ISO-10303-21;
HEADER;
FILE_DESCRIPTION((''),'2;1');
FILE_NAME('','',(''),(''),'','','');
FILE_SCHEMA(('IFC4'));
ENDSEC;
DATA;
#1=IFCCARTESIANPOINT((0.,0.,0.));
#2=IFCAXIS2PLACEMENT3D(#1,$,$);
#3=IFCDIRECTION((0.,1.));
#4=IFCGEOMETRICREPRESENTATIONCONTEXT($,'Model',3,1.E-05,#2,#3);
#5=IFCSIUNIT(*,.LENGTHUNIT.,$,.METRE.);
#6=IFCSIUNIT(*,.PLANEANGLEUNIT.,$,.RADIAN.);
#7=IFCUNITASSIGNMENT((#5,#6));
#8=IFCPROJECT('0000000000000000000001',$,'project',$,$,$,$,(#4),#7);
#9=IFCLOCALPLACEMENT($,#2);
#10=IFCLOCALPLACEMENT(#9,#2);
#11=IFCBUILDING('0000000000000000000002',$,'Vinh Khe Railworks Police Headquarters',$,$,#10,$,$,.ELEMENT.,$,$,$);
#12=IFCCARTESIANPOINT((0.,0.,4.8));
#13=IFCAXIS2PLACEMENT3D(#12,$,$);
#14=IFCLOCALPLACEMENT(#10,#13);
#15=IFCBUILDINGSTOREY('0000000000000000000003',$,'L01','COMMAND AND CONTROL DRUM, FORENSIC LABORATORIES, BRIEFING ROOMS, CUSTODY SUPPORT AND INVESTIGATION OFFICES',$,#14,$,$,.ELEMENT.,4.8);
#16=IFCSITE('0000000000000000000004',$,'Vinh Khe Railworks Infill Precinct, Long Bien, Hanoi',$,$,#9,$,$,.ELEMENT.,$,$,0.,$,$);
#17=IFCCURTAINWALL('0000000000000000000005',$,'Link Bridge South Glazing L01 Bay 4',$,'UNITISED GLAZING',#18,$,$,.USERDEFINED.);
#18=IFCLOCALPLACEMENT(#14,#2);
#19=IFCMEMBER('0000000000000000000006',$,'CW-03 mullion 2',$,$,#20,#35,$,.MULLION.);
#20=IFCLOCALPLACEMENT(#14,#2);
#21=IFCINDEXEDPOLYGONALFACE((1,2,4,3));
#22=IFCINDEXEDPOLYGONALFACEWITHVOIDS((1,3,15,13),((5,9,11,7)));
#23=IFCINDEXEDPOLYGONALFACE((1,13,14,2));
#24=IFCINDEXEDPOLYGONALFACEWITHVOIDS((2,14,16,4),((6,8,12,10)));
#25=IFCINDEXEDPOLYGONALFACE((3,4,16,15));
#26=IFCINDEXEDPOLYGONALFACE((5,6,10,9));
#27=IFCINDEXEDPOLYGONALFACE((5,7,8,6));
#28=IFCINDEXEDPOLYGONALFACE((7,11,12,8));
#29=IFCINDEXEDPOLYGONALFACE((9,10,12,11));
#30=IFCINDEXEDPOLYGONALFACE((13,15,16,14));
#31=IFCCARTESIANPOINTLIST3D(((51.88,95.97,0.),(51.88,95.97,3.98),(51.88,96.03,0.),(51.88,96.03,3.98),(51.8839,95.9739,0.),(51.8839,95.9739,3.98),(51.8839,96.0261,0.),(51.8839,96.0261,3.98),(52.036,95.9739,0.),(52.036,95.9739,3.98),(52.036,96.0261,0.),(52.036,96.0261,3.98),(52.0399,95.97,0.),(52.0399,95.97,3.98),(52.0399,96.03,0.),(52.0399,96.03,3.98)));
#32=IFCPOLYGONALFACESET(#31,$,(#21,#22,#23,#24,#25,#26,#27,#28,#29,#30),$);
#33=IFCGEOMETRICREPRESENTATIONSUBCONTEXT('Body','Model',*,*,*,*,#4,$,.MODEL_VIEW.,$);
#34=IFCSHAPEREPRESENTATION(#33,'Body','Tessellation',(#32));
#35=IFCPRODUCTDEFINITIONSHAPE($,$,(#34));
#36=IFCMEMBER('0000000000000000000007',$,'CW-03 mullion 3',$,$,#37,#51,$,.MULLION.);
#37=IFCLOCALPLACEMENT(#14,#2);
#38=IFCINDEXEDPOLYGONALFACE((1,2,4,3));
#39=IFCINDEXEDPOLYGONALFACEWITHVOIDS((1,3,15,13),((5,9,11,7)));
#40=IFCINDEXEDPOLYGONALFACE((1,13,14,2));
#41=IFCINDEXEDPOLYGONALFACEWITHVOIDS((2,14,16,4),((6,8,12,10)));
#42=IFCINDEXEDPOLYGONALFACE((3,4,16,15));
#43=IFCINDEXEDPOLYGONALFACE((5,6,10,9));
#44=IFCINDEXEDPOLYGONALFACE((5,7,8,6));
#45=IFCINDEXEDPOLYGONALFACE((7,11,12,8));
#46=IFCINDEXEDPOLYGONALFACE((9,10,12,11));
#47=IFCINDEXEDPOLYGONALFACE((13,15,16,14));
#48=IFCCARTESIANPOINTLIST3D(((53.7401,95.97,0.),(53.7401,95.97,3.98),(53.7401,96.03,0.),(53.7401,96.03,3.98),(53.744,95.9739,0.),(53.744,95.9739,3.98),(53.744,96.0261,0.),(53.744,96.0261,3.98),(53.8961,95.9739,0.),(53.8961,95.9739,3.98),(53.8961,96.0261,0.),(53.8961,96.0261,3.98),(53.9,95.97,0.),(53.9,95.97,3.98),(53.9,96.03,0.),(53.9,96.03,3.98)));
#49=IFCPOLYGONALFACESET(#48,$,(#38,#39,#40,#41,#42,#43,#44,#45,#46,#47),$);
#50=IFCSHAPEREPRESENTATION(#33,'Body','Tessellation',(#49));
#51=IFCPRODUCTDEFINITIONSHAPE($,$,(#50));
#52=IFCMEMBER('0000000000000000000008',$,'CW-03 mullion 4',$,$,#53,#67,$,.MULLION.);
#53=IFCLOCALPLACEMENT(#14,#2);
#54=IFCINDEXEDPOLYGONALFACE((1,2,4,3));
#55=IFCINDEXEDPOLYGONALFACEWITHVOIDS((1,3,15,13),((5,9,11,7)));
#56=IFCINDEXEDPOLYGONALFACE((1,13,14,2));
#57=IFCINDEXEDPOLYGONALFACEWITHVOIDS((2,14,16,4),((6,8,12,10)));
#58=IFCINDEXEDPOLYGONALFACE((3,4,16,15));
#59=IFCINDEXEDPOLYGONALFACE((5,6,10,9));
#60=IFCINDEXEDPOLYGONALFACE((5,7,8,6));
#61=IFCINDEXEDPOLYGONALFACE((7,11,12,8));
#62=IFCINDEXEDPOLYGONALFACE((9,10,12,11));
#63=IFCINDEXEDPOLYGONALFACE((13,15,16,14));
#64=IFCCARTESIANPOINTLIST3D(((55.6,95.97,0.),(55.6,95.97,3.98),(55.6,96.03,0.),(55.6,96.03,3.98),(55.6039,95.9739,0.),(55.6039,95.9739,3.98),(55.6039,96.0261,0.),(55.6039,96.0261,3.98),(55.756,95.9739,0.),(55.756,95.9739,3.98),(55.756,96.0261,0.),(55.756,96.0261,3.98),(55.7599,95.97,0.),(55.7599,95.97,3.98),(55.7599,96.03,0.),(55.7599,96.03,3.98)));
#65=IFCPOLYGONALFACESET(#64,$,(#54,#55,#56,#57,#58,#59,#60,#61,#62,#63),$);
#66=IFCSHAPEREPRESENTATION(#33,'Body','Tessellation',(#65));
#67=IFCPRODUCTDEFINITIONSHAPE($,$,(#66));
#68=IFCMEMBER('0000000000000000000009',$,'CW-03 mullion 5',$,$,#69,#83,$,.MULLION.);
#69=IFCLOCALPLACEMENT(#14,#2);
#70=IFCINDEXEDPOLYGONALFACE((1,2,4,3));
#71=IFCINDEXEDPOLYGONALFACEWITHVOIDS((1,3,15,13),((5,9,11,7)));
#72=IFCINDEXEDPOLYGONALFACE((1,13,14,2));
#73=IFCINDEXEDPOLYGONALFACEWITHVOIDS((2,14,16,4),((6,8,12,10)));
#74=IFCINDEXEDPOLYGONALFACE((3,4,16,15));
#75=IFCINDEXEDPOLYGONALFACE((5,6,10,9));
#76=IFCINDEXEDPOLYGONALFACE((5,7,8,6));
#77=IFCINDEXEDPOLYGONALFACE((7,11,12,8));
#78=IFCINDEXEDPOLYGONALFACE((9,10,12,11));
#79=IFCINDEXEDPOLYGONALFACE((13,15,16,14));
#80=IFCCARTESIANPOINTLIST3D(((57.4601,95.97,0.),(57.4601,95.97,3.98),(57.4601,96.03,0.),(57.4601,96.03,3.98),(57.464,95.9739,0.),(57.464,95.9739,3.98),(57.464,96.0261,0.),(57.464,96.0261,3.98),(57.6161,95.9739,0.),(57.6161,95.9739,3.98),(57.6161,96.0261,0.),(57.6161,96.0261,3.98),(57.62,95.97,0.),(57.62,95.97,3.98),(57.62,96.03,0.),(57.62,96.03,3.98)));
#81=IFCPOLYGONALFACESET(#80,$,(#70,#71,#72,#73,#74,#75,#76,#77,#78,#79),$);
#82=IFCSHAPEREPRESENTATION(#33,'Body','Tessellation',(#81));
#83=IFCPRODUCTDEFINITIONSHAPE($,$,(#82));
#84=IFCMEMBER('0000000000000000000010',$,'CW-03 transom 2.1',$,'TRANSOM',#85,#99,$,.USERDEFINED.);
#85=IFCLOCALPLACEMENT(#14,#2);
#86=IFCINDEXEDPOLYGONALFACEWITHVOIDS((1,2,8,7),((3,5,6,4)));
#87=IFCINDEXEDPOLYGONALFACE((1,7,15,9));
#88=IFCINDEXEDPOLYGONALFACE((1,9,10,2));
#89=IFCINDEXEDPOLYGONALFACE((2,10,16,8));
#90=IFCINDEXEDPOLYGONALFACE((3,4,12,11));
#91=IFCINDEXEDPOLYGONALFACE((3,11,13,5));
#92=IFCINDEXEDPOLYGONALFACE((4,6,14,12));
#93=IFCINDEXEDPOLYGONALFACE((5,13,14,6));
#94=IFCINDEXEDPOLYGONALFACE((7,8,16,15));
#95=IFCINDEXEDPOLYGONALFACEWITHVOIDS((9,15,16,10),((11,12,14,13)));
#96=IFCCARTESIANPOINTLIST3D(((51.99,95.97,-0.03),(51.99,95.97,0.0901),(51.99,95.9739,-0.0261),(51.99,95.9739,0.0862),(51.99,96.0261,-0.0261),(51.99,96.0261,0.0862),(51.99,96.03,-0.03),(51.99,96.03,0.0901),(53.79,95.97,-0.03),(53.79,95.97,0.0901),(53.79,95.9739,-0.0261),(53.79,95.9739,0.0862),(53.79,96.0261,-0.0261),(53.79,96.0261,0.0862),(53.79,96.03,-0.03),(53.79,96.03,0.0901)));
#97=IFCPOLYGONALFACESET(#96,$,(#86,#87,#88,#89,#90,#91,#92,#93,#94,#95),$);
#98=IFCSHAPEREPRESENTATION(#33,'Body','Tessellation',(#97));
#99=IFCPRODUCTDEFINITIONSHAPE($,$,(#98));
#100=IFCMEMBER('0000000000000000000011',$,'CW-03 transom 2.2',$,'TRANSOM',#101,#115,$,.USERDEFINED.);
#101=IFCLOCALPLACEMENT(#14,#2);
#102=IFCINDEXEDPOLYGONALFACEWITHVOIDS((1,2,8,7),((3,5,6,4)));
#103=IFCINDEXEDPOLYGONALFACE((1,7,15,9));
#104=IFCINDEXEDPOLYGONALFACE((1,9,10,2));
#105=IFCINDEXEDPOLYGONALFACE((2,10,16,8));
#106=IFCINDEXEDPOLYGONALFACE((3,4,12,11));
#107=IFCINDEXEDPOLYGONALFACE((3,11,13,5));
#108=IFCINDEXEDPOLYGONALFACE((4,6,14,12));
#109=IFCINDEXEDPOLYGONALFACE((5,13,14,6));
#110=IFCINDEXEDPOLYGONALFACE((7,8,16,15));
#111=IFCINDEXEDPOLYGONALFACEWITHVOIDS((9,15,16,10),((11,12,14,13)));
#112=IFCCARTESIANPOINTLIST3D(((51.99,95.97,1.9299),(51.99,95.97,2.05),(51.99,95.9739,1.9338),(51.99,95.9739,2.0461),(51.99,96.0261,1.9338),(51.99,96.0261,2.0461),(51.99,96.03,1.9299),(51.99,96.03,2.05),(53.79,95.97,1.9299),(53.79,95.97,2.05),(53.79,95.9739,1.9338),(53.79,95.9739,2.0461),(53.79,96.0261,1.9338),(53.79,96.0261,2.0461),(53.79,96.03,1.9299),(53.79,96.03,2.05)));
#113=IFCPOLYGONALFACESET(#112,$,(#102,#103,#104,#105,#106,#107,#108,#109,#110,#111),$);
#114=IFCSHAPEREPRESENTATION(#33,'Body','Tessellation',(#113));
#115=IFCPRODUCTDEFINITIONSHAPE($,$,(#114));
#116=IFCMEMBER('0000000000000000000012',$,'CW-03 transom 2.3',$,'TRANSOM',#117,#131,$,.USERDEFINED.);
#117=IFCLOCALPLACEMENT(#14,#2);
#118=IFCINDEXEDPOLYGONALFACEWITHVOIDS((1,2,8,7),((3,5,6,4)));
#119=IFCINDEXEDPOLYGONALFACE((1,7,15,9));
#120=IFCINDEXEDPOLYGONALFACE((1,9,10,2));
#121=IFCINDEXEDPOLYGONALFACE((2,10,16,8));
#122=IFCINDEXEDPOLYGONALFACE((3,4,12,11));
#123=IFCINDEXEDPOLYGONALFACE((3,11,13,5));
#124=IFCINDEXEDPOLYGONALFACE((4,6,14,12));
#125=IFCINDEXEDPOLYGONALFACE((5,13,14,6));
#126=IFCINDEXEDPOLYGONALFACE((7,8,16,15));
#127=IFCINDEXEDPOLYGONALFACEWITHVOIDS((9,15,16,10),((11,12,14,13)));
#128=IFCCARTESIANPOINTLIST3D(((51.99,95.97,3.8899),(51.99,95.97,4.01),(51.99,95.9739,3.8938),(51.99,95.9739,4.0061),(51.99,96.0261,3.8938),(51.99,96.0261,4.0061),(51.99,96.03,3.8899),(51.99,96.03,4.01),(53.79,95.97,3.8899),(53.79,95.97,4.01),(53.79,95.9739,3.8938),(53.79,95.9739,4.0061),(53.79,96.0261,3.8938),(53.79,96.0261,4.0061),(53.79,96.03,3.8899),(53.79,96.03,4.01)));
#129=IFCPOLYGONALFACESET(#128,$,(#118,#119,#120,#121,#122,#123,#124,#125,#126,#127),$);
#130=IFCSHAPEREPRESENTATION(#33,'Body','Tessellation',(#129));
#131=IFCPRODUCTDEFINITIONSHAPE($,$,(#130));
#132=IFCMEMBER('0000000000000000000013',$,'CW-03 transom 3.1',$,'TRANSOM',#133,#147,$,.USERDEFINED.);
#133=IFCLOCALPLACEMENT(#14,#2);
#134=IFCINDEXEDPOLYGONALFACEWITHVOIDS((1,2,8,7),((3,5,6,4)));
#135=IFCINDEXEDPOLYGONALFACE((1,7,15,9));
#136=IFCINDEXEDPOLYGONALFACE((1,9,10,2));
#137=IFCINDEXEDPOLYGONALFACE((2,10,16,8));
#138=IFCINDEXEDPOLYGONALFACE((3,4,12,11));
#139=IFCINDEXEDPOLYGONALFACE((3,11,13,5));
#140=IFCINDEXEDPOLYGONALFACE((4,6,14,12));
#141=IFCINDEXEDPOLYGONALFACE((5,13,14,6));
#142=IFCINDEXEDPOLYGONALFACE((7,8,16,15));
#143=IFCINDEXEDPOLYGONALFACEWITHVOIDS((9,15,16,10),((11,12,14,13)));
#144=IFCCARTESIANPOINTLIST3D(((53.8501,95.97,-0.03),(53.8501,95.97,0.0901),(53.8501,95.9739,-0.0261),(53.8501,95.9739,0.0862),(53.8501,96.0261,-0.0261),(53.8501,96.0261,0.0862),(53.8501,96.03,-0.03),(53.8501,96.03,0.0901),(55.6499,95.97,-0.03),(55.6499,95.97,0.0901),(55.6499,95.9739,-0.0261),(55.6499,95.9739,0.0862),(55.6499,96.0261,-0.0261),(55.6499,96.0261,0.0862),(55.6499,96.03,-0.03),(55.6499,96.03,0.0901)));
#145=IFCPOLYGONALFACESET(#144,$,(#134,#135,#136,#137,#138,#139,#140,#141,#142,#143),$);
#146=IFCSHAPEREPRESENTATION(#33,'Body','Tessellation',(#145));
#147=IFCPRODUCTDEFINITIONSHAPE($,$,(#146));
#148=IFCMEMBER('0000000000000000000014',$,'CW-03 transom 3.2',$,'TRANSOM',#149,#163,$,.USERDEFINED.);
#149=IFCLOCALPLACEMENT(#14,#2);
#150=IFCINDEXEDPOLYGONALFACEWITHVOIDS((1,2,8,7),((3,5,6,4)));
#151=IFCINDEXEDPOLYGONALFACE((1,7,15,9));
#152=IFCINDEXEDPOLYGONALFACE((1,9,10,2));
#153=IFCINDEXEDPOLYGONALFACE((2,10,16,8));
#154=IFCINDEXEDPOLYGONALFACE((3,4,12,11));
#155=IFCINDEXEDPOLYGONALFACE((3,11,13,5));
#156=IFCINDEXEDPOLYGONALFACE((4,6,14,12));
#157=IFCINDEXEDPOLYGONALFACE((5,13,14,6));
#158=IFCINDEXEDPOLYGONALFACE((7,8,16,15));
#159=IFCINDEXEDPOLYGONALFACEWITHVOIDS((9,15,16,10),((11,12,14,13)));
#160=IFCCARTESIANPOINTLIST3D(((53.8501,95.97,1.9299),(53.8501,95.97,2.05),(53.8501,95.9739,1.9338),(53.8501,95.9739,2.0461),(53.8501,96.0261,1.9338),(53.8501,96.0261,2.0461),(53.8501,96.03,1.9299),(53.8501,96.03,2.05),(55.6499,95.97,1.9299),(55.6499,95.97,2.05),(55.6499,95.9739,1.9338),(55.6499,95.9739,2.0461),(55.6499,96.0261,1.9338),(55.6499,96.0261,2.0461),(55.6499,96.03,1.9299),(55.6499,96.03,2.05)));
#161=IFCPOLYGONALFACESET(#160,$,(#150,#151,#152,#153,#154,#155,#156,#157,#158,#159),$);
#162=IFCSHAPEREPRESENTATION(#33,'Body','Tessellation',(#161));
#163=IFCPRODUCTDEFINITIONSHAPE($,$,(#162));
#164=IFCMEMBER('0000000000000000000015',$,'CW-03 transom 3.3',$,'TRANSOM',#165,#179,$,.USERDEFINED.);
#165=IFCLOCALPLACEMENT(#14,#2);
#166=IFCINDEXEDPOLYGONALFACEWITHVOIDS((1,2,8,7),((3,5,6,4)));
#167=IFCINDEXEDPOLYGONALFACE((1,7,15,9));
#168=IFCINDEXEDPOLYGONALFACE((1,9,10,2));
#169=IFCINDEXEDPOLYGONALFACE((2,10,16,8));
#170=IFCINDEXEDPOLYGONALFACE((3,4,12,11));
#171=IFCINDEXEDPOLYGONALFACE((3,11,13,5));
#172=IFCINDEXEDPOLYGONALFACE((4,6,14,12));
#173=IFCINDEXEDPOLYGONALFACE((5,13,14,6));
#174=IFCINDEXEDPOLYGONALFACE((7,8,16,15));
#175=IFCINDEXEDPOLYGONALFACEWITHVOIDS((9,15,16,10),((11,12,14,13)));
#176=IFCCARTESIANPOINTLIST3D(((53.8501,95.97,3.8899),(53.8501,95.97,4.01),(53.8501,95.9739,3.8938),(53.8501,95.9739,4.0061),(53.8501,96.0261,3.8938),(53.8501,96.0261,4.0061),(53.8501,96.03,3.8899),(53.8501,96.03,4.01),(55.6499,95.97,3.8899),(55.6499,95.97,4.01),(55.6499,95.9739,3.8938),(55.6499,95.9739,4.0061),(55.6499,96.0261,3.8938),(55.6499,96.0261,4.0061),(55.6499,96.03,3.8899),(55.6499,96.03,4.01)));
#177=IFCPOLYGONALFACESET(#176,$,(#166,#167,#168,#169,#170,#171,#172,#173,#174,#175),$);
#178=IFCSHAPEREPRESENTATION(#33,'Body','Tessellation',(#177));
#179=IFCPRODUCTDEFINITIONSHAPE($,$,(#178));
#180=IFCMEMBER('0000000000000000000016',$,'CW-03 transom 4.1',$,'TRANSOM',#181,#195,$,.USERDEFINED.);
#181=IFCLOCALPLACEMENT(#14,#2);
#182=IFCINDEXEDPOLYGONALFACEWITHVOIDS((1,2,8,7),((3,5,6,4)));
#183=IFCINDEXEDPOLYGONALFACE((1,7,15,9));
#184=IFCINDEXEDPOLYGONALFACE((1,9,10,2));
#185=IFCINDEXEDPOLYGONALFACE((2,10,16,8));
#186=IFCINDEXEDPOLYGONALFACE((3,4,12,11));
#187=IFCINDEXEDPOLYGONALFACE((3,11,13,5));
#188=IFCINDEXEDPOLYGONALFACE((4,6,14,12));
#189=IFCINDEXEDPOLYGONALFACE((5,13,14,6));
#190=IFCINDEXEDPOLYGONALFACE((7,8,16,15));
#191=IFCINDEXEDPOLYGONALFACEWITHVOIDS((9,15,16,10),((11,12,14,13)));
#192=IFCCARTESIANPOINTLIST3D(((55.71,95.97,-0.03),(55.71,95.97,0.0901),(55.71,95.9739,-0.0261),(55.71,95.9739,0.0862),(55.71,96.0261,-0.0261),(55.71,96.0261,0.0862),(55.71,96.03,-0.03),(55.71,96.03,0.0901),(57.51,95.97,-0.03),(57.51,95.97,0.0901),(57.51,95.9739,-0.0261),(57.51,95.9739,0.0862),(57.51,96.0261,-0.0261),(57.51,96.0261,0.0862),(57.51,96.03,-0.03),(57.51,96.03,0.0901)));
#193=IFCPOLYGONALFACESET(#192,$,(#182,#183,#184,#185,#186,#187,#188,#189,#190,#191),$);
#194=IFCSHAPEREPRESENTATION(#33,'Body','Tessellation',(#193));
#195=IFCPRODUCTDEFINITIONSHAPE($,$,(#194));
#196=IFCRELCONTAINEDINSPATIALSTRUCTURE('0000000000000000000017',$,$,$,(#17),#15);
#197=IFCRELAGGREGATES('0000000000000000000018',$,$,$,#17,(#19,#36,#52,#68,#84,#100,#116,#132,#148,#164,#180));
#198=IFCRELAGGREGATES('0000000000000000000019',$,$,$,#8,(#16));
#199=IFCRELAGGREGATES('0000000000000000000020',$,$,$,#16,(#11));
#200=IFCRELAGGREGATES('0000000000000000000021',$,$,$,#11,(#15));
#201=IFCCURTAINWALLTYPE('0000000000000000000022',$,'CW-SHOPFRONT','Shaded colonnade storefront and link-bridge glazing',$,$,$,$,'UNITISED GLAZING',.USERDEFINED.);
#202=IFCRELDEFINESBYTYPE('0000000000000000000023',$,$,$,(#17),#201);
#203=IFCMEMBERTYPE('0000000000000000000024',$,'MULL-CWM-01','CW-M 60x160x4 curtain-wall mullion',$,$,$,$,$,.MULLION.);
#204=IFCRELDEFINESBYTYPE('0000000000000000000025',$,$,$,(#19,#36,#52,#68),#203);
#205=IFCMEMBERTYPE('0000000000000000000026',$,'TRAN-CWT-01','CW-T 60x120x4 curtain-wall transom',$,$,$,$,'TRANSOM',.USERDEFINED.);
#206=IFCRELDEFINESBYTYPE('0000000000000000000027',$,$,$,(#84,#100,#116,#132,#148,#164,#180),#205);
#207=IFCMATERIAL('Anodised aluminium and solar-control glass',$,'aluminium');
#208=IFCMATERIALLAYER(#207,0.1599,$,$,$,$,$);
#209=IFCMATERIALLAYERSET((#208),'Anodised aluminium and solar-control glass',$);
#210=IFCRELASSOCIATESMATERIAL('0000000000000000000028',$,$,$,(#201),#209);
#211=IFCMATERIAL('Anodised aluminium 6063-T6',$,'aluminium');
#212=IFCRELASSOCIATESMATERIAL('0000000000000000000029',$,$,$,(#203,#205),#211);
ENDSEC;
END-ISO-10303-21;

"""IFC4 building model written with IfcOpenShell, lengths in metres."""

from ifc_helpers import new_model, si_unit, direction, frame, origin, origin_2d, place, context, subcontext, project, spatial, hollow_rectangle, extrude, material, layer, layer_set, material_profile, profile_set, type_object, element, aggregate, save


model = new_model("IFC4")

# Units and contexts
model_context = context("Model", 3, precision=1e-05, world=origin(), true_north=direction((0.0, 1.0)))
body_context = subcontext(model_context, "Body", "Model", "MODEL_VIEW")
ifc_project = project(units=[si_unit("LENGTHUNIT", "METRE"), si_unit("PLANEANGLEUNIT", "RADIAN")], contexts=[model_context])

# Site, building, storey
site_placement = place(None, origin())
site = spatial("IfcSite", under=ifc_project, at=site_placement, Name="Vinh Khe Railworks Infill Precinct, Long Bien, Hanoi", CompositionType="ELEMENT", RefElevation=0.0)
building_placement = place(site_placement, origin())
building = spatial("IfcBuilding", under=site, at=building_placement, Name="Vinh Khe Railworks Police Headquarters", CompositionType="ELEMENT")
storey_placement = place(building_placement, frame((0.0, 0.0, 4.8)))
storey = spatial("IfcBuildingStorey", under=building, at=storey_placement, Name="L01", Description="COMMAND AND CONTROL DRUM, FORENSIC LABORATORIES, BRIEFING ROOMS, CUSTODY SUPPORT AND INVESTIGATION OFFICES", CompositionType="ELEMENT", Elevation=4.8)

# Curtain wall, members
ifc_material_1 = material(Name="Anodised aluminium and solar-control glass", Category="aluminium")
ifc_layer_1 = layer(ifc_material_1, 0.1599)
ifc_layer_set_1 = layer_set([ifc_layer_1], Name="Anodised aluminium and solar-control glass")
curtain_wall_type = type_object("IfcCurtainWallType", Name="CW-SHOPFRONT", Description="Shaded colonnade storefront and link-bridge glazing", ElementType="UNITISED GLAZING", PredefinedType="USERDEFINED", material=ifc_layer_set_1)
curtain_wall_placement = place(storey_placement, origin())
curtain_wall = element("IfcCurtainWall", 1, at=curtain_wall_placement, inside=storey, type_object=curtain_wall_type, Name="Link Bridge South Glazing L01 Bay 4", ObjectType="UNITISED GLAZING", PredefinedType="USERDEFINED")
ifc_material_2 = material(Name="Anodised aluminium 6063-T6", Category="aluminium")
ifc_material_profile_1 = material_profile(ifc_material_2, hollow_rectangle(XDim=0.0601, YDim=0.1599, WallThickness=0.0039, at=origin_2d()), Name="CW-M 60x160x4")
ifc_profile_set_1 = profile_set([ifc_material_profile_1], Name="Anodised aluminium 6063-T6")
member_type_1 = type_object("IfcMemberType", Name="MULL-CWM-01", Description="CW-M 60x160x4 curtain-wall mullion", PredefinedType="MULLION", material=ifc_profile_set_1)
member_1_placement = place(storey_placement, frame((51.96, 96.0, 0.0), z_axis=(0.0, 0.0, 1.0), x_axis=(0.0, 1.0, 0.0)))
member_1 = element("IfcMember", 2, at=member_1_placement, type_object=member_type_1, Name="CW-03 mullion 2", PredefinedType="MULLION", context=body_context, shape_type="SweptSolid", body=[
    extrude(hollow_rectangle(XDim=0.0601, YDim=0.1599, WallThickness=0.0039, at=origin_2d()), origin(), (0.0, 0.0, 1.0), 3.98),
])
member_2_placement = place(storey_placement, frame((53.8201, 96.0, 0.0), z_axis=(0.0, 0.0, 1.0), x_axis=(0.0, 1.0, 0.0)))
member_2 = element("IfcMember", 3, at=member_2_placement, type_object=member_type_1, Name="CW-03 mullion 3", PredefinedType="MULLION", context=body_context, shape_type="SweptSolid", body=[
    extrude(hollow_rectangle(XDim=0.0601, YDim=0.1599, WallThickness=0.0039, at=origin_2d()), origin(), (0.0, 0.0, 1.0), 3.98),
])
member_3_placement = place(storey_placement, frame((55.6799, 96.0, 0.0), z_axis=(0.0, 0.0, 1.0), x_axis=(0.0, 1.0, 0.0)))
member_3 = element("IfcMember", 4, at=member_3_placement, type_object=member_type_1, Name="CW-03 mullion 4", PredefinedType="MULLION", context=body_context, shape_type="SweptSolid", body=[
    extrude(hollow_rectangle(XDim=0.0601, YDim=0.1599, WallThickness=0.0039, at=origin_2d()), origin(), (0.0, 0.0, 1.0), 3.98),
])
member_4_placement = place(storey_placement, frame((57.54, 96.0, 0.0), z_axis=(0.0, 0.0, 1.0), x_axis=(0.0, 1.0, 0.0)))
member_4 = element("IfcMember", 5, at=member_4_placement, type_object=member_type_1, Name="CW-03 mullion 5", PredefinedType="MULLION", context=body_context, shape_type="SweptSolid", body=[
    extrude(hollow_rectangle(XDim=0.0601, YDim=0.1599, WallThickness=0.0039, at=origin_2d()), origin(), (0.0, 0.0, 1.0), 3.98),
])
ifc_material_profile_2 = material_profile(ifc_material_2, hollow_rectangle(XDim=0.0601, YDim=0.1201, WallThickness=0.0039, at=origin_2d()), Name="CW-T 60x120x4")
ifc_profile_set_2 = profile_set([ifc_material_profile_2], Name="Anodised aluminium 6063-T6")
member_type_2 = type_object("IfcMemberType", Name="TRAN-CWT-01", Description="CW-T 60x120x4 curtain-wall transom", ElementType="TRANSOM", PredefinedType="USERDEFINED", material=ifc_profile_set_2)
member_5_placement = place(storey_placement, frame((51.99, 96.0, 0.03), z_axis=(1.0, 0.0, 0.0), x_axis=(0.0, 1.0, 0.0)))
member_5 = element("IfcMember", 6, at=member_5_placement, type_object=member_type_2, Name="CW-03 transom 2.1", ObjectType="TRANSOM", PredefinedType="USERDEFINED", context=body_context, shape_type="SweptSolid", body=[
    extrude(hollow_rectangle(XDim=0.0601, YDim=0.1201, WallThickness=0.0039, at=origin_2d()), origin(), (0.0, 0.0, 1.0), 1.8),
])
member_6_placement = place(storey_placement, frame((51.99, 96.0, 1.99), z_axis=(1.0, 0.0, 0.0), x_axis=(0.0, 1.0, 0.0)))
member_6 = element("IfcMember", 7, at=member_6_placement, type_object=member_type_2, Name="CW-03 transom 2.2", ObjectType="TRANSOM", PredefinedType="USERDEFINED", context=body_context, shape_type="SweptSolid", body=[
    extrude(hollow_rectangle(XDim=0.0601, YDim=0.1201, WallThickness=0.0039, at=origin_2d()), origin(), (0.0, 0.0, 1.0), 1.8),
])
member_7_placement = place(storey_placement, frame((51.99, 96.0, 3.95), z_axis=(1.0, 0.0, 0.0), x_axis=(0.0, 1.0, 0.0)))
member_7 = element("IfcMember", 8, at=member_7_placement, type_object=member_type_2, Name="CW-03 transom 2.3", ObjectType="TRANSOM", PredefinedType="USERDEFINED", context=body_context, shape_type="SweptSolid", body=[
    extrude(hollow_rectangle(XDim=0.0601, YDim=0.1201, WallThickness=0.0039, at=origin_2d()), origin(), (0.0, 0.0, 1.0), 1.8),
])
member_8_placement = place(storey_placement, frame((53.8501, 96.0, 0.03), z_axis=(1.0, 0.0, 0.0), x_axis=(0.0, 1.0, 0.0)))
member_8 = element("IfcMember", 9, at=member_8_placement, type_object=member_type_2, Name="CW-03 transom 3.1", ObjectType="TRANSOM", PredefinedType="USERDEFINED", context=body_context, shape_type="SweptSolid", body=[
    extrude(hollow_rectangle(XDim=0.0601, YDim=0.1201, WallThickness=0.0039, at=origin_2d()), origin(), (0.0, 0.0, 1.0), 1.7998),
])
member_9_placement = place(storey_placement, frame((53.8501, 96.0, 1.99), z_axis=(1.0, 0.0, 0.0), x_axis=(0.0, 1.0, 0.0)))
member_9 = element("IfcMember", 10, at=member_9_placement, type_object=member_type_2, Name="CW-03 transom 3.2", ObjectType="TRANSOM", PredefinedType="USERDEFINED", context=body_context, shape_type="SweptSolid", body=[
    extrude(hollow_rectangle(XDim=0.0601, YDim=0.1201, WallThickness=0.0039, at=origin_2d()), origin(), (0.0, 0.0, 1.0), 1.7998),
])
member_10_placement = place(storey_placement, frame((53.8501, 96.0, 3.95), z_axis=(1.0, 0.0, 0.0), x_axis=(0.0, 1.0, 0.0)))
member_10 = element("IfcMember", 11, at=member_10_placement, type_object=member_type_2, Name="CW-03 transom 3.3", ObjectType="TRANSOM", PredefinedType="USERDEFINED", context=body_context, shape_type="SweptSolid", body=[
    extrude(hollow_rectangle(XDim=0.0601, YDim=0.1201, WallThickness=0.0039, at=origin_2d()), origin(), (0.0, 0.0, 1.0), 1.7998),
])
member_11_placement = place(storey_placement, frame((55.71, 96.0, 0.03), z_axis=(1.0, 0.0, 0.0), x_axis=(0.0, 1.0, 0.0)))
member_11 = element("IfcMember", 12, at=member_11_placement, type_object=member_type_2, Name="CW-03 transom 4.1", ObjectType="TRANSOM", PredefinedType="USERDEFINED", context=body_context, shape_type="SweptSolid", body=[
    extrude(hollow_rectangle(XDim=0.0601, YDim=0.1201, WallThickness=0.0039, at=origin_2d()), origin(), (0.0, 0.0, 1.0), 1.8),
])
aggregate(curtain_wall, [member_1, member_2, member_3, member_4, member_5, member_6, member_7, member_8, member_9, member_10, member_11])

save(model, "model.ifc")
